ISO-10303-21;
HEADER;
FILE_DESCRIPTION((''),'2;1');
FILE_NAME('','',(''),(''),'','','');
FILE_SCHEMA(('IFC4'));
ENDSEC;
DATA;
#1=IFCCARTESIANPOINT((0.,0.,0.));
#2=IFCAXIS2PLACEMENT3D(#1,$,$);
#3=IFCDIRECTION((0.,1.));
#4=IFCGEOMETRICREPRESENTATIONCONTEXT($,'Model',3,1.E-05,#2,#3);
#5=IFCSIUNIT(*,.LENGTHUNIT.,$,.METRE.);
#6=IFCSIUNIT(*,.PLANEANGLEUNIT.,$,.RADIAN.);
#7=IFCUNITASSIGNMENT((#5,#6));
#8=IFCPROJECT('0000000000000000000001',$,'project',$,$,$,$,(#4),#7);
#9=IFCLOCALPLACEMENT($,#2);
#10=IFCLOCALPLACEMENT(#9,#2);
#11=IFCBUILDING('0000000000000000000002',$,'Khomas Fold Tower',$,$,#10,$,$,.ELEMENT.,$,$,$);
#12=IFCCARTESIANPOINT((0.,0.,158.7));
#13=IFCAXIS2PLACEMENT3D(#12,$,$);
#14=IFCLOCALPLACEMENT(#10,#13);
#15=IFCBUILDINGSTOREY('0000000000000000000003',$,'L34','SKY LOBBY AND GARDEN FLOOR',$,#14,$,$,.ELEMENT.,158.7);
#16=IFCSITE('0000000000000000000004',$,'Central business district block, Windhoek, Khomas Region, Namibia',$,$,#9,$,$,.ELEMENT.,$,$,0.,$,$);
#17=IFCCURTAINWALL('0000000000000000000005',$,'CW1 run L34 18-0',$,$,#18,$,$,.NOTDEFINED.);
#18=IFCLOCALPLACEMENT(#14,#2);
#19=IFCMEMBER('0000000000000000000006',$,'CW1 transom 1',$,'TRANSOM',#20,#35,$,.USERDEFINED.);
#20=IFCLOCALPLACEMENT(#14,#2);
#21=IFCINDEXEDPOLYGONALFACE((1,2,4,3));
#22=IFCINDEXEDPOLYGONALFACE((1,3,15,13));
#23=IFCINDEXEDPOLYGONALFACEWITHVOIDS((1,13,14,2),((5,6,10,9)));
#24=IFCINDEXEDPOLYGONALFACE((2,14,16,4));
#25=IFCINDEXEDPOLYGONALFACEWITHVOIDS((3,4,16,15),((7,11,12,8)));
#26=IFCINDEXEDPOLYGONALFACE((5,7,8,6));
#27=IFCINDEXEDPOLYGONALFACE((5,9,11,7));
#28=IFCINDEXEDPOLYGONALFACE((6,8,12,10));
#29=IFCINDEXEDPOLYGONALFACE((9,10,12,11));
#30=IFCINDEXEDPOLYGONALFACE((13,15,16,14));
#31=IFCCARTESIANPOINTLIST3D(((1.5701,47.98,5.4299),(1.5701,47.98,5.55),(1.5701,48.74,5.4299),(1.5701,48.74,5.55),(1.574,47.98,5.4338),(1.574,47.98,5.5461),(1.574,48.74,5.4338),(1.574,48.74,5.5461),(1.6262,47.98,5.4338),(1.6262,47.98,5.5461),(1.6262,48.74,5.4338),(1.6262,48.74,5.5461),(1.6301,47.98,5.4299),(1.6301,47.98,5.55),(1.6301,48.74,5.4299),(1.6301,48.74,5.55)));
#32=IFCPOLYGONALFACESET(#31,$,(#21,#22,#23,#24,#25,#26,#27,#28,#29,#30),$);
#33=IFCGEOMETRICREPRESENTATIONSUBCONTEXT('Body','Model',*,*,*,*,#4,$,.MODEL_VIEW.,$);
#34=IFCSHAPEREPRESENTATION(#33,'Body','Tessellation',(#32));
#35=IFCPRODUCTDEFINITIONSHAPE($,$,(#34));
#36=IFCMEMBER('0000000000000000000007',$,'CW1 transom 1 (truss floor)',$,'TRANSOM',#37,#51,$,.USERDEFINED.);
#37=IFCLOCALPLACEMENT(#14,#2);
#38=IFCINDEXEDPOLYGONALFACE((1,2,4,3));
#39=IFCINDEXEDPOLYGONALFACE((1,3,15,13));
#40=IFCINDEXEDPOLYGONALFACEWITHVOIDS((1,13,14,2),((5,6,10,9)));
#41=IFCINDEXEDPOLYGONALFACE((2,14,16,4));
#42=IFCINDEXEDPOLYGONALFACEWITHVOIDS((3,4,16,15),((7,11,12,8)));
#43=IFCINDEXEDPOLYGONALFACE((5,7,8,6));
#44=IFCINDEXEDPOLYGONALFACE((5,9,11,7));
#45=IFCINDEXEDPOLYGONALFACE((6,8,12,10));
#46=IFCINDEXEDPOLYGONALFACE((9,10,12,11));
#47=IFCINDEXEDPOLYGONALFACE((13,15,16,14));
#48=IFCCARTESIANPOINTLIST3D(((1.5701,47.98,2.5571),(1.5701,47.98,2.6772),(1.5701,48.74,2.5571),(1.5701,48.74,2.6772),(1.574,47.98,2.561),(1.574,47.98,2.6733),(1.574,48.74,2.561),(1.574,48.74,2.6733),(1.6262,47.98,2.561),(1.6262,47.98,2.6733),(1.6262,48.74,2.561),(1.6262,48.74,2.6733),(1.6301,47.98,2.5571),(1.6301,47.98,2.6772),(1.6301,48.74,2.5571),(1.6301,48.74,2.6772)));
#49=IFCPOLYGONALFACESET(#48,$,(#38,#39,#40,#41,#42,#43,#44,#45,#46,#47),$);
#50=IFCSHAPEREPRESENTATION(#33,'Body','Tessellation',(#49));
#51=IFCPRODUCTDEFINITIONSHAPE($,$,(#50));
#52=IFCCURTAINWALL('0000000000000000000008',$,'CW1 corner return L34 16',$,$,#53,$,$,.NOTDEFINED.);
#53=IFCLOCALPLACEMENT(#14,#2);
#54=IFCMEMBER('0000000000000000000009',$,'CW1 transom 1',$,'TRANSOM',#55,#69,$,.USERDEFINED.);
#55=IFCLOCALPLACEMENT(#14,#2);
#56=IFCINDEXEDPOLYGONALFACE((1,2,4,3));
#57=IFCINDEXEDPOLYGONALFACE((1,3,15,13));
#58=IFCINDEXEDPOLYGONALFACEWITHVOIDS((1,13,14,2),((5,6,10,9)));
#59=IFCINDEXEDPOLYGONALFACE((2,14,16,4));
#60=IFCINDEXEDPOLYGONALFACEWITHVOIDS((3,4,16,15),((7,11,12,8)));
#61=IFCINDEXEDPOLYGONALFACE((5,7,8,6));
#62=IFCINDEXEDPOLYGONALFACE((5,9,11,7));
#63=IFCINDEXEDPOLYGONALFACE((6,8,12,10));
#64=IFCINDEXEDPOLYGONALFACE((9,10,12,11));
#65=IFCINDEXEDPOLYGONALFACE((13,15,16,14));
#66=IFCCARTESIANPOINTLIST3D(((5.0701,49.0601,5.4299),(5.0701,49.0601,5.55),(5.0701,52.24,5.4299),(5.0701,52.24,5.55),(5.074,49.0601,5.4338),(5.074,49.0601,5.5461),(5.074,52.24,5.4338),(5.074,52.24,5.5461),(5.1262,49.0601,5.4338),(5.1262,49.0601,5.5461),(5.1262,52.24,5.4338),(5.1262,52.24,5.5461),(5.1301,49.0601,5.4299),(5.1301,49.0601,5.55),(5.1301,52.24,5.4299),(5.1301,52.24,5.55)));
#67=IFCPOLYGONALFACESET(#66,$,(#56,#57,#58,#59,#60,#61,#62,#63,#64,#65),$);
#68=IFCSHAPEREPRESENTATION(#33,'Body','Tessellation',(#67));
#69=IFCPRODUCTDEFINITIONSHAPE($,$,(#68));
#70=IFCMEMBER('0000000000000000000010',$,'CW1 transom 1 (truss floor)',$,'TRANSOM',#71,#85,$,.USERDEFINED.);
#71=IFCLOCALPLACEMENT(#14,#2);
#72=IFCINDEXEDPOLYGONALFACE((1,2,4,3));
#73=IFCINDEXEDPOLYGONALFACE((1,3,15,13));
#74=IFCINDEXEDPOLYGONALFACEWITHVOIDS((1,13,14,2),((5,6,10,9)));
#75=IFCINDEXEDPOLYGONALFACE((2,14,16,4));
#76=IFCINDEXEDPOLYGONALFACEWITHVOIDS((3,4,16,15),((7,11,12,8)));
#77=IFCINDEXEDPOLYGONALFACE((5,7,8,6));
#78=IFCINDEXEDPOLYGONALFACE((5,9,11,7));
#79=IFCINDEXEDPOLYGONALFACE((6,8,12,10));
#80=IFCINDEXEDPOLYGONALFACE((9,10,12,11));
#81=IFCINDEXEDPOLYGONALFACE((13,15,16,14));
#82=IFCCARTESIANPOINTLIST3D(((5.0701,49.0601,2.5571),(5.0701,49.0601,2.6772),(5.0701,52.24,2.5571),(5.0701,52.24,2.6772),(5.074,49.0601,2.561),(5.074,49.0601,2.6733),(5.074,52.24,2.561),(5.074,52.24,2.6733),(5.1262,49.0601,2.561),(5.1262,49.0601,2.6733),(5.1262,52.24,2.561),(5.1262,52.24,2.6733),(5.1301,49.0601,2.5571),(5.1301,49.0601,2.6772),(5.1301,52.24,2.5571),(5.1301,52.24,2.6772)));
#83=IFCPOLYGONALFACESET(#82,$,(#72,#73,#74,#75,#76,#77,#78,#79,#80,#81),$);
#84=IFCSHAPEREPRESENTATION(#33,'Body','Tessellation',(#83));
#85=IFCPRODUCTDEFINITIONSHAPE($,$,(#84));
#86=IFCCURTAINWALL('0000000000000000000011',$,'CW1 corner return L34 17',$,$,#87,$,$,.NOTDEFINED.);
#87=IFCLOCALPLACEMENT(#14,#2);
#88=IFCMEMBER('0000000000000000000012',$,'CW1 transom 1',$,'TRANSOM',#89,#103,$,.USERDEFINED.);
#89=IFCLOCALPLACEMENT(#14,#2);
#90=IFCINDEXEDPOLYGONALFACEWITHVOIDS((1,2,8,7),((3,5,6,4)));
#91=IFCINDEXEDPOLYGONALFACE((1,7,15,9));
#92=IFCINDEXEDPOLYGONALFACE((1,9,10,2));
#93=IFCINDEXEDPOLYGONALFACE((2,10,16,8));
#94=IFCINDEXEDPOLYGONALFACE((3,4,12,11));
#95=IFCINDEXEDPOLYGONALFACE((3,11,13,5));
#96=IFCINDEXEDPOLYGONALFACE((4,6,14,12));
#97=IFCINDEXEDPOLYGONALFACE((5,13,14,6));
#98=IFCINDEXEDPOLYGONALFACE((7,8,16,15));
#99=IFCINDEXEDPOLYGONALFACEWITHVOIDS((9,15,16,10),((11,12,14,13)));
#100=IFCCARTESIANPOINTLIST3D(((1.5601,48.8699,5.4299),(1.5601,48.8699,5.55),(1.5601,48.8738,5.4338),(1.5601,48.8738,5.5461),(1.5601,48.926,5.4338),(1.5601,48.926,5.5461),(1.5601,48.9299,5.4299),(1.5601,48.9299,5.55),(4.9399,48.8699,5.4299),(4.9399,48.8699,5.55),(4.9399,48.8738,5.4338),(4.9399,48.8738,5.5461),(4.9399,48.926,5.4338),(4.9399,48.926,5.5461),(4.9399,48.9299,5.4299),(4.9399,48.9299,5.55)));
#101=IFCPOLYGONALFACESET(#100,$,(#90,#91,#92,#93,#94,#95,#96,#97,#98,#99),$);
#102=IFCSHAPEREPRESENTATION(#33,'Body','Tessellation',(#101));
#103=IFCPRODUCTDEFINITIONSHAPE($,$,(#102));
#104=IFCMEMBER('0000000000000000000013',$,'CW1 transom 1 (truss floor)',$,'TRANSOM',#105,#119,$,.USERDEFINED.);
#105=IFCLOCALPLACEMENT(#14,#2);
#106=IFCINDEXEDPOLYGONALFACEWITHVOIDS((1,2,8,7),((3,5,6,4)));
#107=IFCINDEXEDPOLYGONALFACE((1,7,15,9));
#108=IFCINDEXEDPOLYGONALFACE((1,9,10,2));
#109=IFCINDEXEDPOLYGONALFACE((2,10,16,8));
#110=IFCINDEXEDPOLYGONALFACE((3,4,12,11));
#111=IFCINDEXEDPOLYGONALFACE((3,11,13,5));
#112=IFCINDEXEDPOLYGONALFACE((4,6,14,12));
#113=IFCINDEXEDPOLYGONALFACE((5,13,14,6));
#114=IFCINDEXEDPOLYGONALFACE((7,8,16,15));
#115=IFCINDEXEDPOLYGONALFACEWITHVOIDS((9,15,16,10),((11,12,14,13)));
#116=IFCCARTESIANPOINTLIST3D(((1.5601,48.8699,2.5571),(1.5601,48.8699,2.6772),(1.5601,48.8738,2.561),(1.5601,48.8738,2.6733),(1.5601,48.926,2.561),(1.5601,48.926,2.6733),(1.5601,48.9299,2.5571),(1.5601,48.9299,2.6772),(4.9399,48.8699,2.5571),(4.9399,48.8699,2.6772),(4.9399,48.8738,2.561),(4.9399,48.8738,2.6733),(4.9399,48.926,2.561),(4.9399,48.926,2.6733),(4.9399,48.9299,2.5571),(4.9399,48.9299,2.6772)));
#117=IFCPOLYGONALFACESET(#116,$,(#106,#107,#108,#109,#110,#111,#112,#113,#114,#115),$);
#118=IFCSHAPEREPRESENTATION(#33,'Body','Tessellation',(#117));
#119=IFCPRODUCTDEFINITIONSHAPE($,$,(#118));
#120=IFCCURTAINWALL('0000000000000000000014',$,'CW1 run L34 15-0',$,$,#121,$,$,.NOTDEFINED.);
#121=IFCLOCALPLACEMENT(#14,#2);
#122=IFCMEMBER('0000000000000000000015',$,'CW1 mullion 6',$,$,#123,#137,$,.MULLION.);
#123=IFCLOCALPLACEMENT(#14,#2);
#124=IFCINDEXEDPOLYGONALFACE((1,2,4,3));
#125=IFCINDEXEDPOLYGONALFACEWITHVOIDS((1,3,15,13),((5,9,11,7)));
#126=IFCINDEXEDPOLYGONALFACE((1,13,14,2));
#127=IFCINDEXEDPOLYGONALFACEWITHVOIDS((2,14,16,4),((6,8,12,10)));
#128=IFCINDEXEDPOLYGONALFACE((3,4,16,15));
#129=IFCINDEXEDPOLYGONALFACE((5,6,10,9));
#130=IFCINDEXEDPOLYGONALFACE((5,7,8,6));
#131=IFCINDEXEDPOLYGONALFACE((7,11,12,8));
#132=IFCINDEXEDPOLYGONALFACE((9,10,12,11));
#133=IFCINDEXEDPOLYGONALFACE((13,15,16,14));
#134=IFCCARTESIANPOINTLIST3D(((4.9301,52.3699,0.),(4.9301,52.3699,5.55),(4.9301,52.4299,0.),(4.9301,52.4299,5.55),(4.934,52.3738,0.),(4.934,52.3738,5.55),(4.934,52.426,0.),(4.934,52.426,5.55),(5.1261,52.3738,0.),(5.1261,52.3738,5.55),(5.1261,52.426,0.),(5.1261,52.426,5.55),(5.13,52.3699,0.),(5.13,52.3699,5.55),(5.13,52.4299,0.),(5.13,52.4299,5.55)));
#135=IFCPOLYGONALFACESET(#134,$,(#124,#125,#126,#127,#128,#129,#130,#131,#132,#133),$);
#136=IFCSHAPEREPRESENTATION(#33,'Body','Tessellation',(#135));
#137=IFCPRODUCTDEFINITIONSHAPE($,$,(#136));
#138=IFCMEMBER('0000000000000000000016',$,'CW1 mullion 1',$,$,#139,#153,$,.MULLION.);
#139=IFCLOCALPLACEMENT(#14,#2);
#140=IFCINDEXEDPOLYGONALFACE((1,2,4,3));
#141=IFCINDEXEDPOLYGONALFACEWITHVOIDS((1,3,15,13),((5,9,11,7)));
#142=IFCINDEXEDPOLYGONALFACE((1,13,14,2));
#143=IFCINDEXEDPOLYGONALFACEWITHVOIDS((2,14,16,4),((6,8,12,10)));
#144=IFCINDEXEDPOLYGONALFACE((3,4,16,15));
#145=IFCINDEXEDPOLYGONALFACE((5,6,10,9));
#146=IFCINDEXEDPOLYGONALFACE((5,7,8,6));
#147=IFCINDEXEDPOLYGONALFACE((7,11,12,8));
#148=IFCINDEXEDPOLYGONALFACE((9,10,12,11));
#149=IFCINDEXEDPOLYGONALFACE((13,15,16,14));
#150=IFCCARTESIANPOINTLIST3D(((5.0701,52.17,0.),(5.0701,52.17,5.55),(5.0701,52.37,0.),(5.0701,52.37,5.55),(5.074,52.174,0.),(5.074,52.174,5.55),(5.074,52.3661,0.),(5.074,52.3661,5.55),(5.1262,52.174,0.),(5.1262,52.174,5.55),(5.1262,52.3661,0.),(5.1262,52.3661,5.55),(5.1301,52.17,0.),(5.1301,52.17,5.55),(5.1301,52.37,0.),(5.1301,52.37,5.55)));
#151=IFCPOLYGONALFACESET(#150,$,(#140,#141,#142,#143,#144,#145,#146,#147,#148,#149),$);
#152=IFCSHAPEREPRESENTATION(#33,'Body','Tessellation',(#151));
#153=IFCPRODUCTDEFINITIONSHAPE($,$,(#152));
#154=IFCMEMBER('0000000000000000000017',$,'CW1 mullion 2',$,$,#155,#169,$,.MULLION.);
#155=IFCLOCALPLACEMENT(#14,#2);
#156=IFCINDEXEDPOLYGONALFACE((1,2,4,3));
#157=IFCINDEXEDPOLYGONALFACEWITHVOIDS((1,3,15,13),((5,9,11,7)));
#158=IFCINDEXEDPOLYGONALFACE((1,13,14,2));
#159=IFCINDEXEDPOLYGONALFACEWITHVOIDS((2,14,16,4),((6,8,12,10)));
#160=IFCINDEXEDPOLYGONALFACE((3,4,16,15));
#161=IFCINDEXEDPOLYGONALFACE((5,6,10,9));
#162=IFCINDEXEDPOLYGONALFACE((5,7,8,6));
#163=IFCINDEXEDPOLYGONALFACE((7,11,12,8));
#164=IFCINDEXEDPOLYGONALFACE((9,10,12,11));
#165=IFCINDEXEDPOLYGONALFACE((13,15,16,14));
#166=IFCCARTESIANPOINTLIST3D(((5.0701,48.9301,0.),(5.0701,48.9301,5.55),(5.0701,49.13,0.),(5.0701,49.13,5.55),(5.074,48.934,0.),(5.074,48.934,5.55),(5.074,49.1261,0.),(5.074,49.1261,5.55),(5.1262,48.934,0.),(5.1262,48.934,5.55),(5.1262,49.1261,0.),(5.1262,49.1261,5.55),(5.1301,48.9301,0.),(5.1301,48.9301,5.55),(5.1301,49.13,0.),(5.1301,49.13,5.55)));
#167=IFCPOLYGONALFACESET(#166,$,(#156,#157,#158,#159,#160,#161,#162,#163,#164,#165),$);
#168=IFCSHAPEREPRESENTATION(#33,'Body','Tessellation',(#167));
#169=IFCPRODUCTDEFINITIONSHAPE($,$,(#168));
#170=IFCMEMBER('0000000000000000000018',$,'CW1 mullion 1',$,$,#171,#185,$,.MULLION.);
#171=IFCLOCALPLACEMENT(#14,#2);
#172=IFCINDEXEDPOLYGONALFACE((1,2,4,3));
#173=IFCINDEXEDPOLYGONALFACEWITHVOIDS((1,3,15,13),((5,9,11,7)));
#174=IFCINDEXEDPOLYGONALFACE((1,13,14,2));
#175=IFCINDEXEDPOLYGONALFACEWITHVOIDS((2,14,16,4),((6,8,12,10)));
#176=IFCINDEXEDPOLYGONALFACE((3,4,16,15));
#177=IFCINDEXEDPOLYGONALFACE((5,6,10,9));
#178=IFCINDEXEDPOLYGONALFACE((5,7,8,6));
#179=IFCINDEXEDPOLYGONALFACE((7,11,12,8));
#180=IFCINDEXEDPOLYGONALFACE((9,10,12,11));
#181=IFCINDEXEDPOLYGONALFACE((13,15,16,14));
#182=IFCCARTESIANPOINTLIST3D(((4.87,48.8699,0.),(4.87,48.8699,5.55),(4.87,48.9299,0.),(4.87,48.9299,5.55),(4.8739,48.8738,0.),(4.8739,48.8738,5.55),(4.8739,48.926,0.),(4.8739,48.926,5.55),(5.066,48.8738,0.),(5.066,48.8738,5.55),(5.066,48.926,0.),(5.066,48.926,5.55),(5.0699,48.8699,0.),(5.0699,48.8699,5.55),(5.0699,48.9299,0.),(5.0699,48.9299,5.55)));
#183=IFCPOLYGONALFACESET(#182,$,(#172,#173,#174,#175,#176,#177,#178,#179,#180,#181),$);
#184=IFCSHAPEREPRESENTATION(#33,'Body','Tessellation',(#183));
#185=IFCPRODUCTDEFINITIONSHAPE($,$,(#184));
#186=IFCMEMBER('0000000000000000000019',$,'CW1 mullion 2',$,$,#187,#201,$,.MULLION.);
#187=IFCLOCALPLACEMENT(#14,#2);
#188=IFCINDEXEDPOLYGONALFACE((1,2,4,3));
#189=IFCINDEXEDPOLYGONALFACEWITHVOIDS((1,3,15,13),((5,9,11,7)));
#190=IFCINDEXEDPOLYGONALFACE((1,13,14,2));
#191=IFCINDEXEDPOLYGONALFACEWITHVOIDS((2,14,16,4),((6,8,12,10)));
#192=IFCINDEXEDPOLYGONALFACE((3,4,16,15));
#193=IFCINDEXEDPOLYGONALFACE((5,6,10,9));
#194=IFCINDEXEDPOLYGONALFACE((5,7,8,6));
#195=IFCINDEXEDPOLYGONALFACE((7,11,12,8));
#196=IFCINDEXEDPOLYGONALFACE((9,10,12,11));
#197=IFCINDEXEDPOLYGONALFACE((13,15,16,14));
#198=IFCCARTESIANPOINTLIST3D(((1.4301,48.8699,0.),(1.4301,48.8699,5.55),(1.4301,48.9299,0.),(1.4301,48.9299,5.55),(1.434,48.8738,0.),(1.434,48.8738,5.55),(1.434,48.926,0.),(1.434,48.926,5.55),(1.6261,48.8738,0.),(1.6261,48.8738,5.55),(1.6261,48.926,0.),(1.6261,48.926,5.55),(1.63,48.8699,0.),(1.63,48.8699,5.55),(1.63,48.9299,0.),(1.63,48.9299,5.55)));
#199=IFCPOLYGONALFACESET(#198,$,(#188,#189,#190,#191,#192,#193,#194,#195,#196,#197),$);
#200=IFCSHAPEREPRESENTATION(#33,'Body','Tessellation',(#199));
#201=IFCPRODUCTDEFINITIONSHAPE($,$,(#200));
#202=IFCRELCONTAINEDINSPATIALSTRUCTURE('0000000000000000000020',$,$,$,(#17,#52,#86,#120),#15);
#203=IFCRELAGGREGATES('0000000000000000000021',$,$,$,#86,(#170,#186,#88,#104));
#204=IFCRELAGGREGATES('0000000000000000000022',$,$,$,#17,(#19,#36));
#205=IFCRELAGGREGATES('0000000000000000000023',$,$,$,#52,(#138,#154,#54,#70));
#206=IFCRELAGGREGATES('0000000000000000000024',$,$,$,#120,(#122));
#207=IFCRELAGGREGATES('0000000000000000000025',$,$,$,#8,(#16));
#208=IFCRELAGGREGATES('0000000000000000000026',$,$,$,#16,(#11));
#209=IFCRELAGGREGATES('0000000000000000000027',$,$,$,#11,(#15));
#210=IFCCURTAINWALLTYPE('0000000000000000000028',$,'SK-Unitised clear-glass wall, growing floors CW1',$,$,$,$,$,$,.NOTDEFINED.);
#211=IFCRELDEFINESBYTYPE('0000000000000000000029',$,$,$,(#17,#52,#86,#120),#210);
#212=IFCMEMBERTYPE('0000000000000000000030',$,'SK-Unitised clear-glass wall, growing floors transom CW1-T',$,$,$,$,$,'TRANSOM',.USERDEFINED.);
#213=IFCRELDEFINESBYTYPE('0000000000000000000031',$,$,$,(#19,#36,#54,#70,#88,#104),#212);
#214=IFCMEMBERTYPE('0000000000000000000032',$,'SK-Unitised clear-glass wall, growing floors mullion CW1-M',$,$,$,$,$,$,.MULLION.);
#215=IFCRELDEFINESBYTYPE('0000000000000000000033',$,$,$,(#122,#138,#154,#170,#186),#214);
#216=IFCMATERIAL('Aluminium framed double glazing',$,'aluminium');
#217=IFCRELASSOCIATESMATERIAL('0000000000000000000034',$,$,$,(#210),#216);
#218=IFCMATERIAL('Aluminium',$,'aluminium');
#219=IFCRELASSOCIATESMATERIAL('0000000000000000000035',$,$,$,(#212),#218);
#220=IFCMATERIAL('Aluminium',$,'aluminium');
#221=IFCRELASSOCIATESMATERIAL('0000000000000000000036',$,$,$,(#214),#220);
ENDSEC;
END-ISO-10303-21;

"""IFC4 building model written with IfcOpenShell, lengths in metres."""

from ifc_helpers import new_model, si_unit, direction, frame, origin, origin_2d, place, context, subcontext, project, spatial, hollow_rectangle, extrude, source, transform, mapped, material, material_profile, profile_set, type_object, element, aggregate, save


model = new_model("IFC4")

# Units and contexts
model_context = context("Model", 3, precision=1e-05, world=origin(), true_north=direction((0.0, 1.0)))
body_context = subcontext(model_context, "Body", "Model", "MODEL_VIEW")
ifc_project = project(units=[si_unit("LENGTHUNIT", "METRE"), si_unit("PLANEANGLEUNIT", "RADIAN")], contexts=[model_context])

# Site, building, storey
site_placement = place(None, origin())
site = spatial("IfcSite", under=ifc_project, at=site_placement, Name="Central business district block, Windhoek, Khomas Region, Namibia", CompositionType="ELEMENT", RefElevation=0.0)
building_placement = place(site_placement, origin())
building = spatial("IfcBuilding", under=site, at=building_placement, Name="Khomas Fold Tower", CompositionType="ELEMENT")
storey_placement = place(building_placement, frame((0.0, 0.0, 158.7)))
storey = spatial("IfcBuildingStorey", under=building, at=storey_placement, Name="L34", Description="SKY LOBBY AND GARDEN FLOOR", CompositionType="ELEMENT", Elevation=158.7)

# Curtain walls, members
ifc_material_1 = material(Name="Aluminium framed double glazing", Category="aluminium")
curtain_wall_type = type_object("IfcCurtainWallType", Name="SK-Unitised clear-glass wall, growing floors CW1", PredefinedType="NOTDEFINED", material=ifc_material_1)
curtain_wall_1_placement = place(storey_placement, origin())
curtain_wall_1 = element("IfcCurtainWall", 1, at=curtain_wall_1_placement, inside=storey, type_object=curtain_wall_type, Name="CW1 run L34 18-0", PredefinedType="NOTDEFINED")
ifc_material_2 = material(Name="Aluminium", Category="aluminium")
ifc_material_profile_1 = material_profile(ifc_material_2, hollow_rectangle(XDim=0.0601, YDim=0.1201, WallThickness=0.0039, at=origin_2d()), Name="SK-Unitised clear-glass wall, growing floors transom CW1-T")
ifc_profile_set_1 = profile_set([ifc_material_profile_1], Name="Aluminium")
member_type_1 = type_object("IfcMemberType", Name="SK-Unitised clear-glass wall, growing floors transom CW1-T", ElementType="TRANSOM", PredefinedType="USERDEFINED", material=ifc_profile_set_1)
shared_shape_1 = source(origin(), body_context, "Body", "SweptSolid", [
    extrude(hollow_rectangle(XDim=0.0601, YDim=0.1201, WallThickness=0.0039, at=origin_2d()), origin(), (0.0, 0.0, 1.0), 0.76),
])
member_1_placement = place(storey_placement, frame((1.6001, 48.74, 5.49), z_axis=(0.0, -1.0, 0.0), x_axis=(1.0, 0.0, 0.0)))
member_1 = element("IfcMember", 2, at=member_1_placement, type_object=member_type_1, Name="CW1 transom 1", ObjectType="TRANSOM", PredefinedType="USERDEFINED", context=body_context, shape_type="MappedRepresentation", body=[
    mapped(shared_shape_1, transform((0.0, 0.0, 0.0))),
])
member_2_placement = place(storey_placement, frame((1.6001, 48.74, 2.6172), z_axis=(0.0, -1.0, 0.0), x_axis=(1.0, 0.0, 0.0)))
member_2 = element("IfcMember", 3, at=member_2_placement, type_object=member_type_1, Name="CW1 transom 1 (truss floor)", ObjectType="TRANSOM", PredefinedType="USERDEFINED", context=body_context, shape_type="MappedRepresentation", body=[
    mapped(shared_shape_1, transform((0.0, 0.0, 0.0))),
])
curtain_wall_2_placement = place(storey_placement, origin())
curtain_wall_2 = element("IfcCurtainWall", 4, at=curtain_wall_2_placement, inside=storey, type_object=curtain_wall_type, Name="CW1 corner return L34 16", PredefinedType="NOTDEFINED")
shared_shape_2 = source(origin(), body_context, "Body", "SweptSolid", [
    extrude(hollow_rectangle(XDim=0.0601, YDim=0.1201, WallThickness=0.0039, at=origin_2d()), origin(), (0.0, 0.0, 1.0), 3.1799),
])
member_3_placement = place(storey_placement, frame((5.1001, 52.24, 5.49), z_axis=(0.0, -1.0, 0.0), x_axis=(1.0, 0.0, 0.0)))
member_3 = element("IfcMember", 5, at=member_3_placement, type_object=member_type_1, Name="CW1 transom 1", ObjectType="TRANSOM", PredefinedType="USERDEFINED", context=body_context, shape_type="MappedRepresentation", body=[
    mapped(shared_shape_2, transform((0.0, 0.0, 0.0))),
])
member_4_placement = place(storey_placement, frame((5.1001, 52.24, 2.6172), z_axis=(0.0, -1.0, 0.0), x_axis=(1.0, 0.0, 0.0)))
member_4 = element("IfcMember", 6, at=member_4_placement, type_object=member_type_1, Name="CW1 transom 1 (truss floor)", ObjectType="TRANSOM", PredefinedType="USERDEFINED", context=body_context, shape_type="MappedRepresentation", body=[
    mapped(shared_shape_2, transform((0.0, 0.0, 0.0))),
])
curtain_wall_3_placement = place(storey_placement, origin())
curtain_wall_3 = element("IfcCurtainWall", 7, at=curtain_wall_3_placement, inside=storey, type_object=curtain_wall_type, Name="CW1 corner return L34 17", PredefinedType="NOTDEFINED")
shared_shape_3 = source(origin(), body_context, "Body", "SweptSolid", [
    extrude(hollow_rectangle(XDim=0.0601, YDim=0.1201, WallThickness=0.0039, at=origin_2d()), origin(), (0.0, 0.0, 1.0), 3.3799),
])
member_5_placement = place(storey_placement, frame((4.9399, 48.8999, 5.49), z_axis=(-1.0, 0.0, 0.0), x_axis=(0.0, -1.0, 0.0)))
member_5 = element("IfcMember", 8, at=member_5_placement, type_object=member_type_1, Name="CW1 transom 1", ObjectType="TRANSOM", PredefinedType="USERDEFINED", context=body_context, shape_type="MappedRepresentation", body=[
    mapped(shared_shape_3, transform((0.0, 0.0, 0.0))),
])
member_6_placement = place(storey_placement, frame((4.9399, 48.8999, 2.6172), z_axis=(-1.0, 0.0, 0.0), x_axis=(0.0, -1.0, 0.0)))
member_6 = element("IfcMember", 9, at=member_6_placement, type_object=member_type_1, Name="CW1 transom 1 (truss floor)", ObjectType="TRANSOM", PredefinedType="USERDEFINED", context=body_context, shape_type="MappedRepresentation", body=[
    mapped(shared_shape_3, transform((0.0, 0.0, 0.0))),
])

# Curtain wall, member
curtain_wall_4_placement = place(storey_placement, origin())
curtain_wall_4 = element("IfcCurtainWall", 10, at=curtain_wall_4_placement, inside=storey, type_object=curtain_wall_type, Name="CW1 run L34 15-0", PredefinedType="NOTDEFINED")
ifc_material_3 = material(Name="Aluminium", Category="aluminium")
ifc_material_profile_2 = material_profile(ifc_material_3, hollow_rectangle(XDim=0.0601, YDim=0.2, WallThickness=0.0039, at=origin_2d()), Name="SK-Unitised clear-glass wall, growing floors mullion CW1-M")
ifc_profile_set_2 = profile_set([ifc_material_profile_2], Name="Aluminium")
member_type_2 = type_object("IfcMemberType", Name="SK-Unitised clear-glass wall, growing floors mullion CW1-M", PredefinedType="MULLION", material=ifc_profile_set_2)
shared_shape_4 = source(origin(), body_context, "Body", "SweptSolid", [
    extrude(hollow_rectangle(XDim=0.0601, YDim=0.2, WallThickness=0.0039, at=origin_2d()), origin(), (0.0, 0.0, 1.0), 5.55),
])
member_7_placement = place(storey_placement, frame((5.03, 52.3999, 0.0), z_axis=(0.0, 0.0, 1.0), x_axis=(0.0, -1.0, 0.0)))
member_7 = element("IfcMember", 11, at=member_7_placement, type_object=member_type_2, Name="CW1 mullion 6", PredefinedType="MULLION", context=body_context, shape_type="MappedRepresentation", body=[
    mapped(shared_shape_4, transform((0.0, 0.0, 0.0))),
])

# Members
member_8_placement = place(storey_placement, frame((5.1001, 52.27, 0.0), z_axis=(0.0, 0.0, 1.0), x_axis=(1.0, 0.0, 0.0)))
member_8 = element("IfcMember", 12, at=member_8_placement, type_object=member_type_2, Name="CW1 mullion 1", PredefinedType="MULLION", context=body_context, shape_type="MappedRepresentation", body=[
    mapped(shared_shape_4, transform((0.0, 0.0, 0.0))),
])
member_9_placement = place(storey_placement, frame((5.1001, 49.03, 0.0), z_axis=(0.0, 0.0, 1.0), x_axis=(1.0, 0.0, 0.0)))
member_9 = element("IfcMember", 13, at=member_9_placement, type_object=member_type_2, Name="CW1 mullion 2", PredefinedType="MULLION", context=body_context, shape_type="MappedRepresentation", body=[
    mapped(shared_shape_4, transform((0.0, 0.0, 0.0))),
])
member_10_placement = place(storey_placement, frame((4.97, 48.8999, 0.0), z_axis=(0.0, 0.0, 1.0), x_axis=(0.0, -1.0, 0.0)))
member_10 = element("IfcMember", 14, at=member_10_placement, type_object=member_type_2, Name="CW1 mullion 1", PredefinedType="MULLION", context=body_context, shape_type="MappedRepresentation", body=[
    mapped(shared_shape_4, transform((0.0, 0.0, 0.0))),
])
member_11_placement = place(storey_placement, frame((1.53, 48.8999, 0.0), z_axis=(0.0, 0.0, 1.0), x_axis=(0.0, -1.0, 0.0)))
member_11 = element("IfcMember", 15, at=member_11_placement, type_object=member_type_2, Name="CW1 mullion 2", PredefinedType="MULLION", context=body_context, shape_type="MappedRepresentation", body=[
    mapped(shared_shape_4, transform((0.0, 0.0, 0.0))),
])

aggregate(curtain_wall_3, [member_10, member_11, member_5, member_6])
aggregate(curtain_wall_1, [member_1, member_2])
aggregate(curtain_wall_2, [member_8, member_9, member_3, member_4])
aggregate(curtain_wall_4, [member_7])

save(model, "model.ifc")
